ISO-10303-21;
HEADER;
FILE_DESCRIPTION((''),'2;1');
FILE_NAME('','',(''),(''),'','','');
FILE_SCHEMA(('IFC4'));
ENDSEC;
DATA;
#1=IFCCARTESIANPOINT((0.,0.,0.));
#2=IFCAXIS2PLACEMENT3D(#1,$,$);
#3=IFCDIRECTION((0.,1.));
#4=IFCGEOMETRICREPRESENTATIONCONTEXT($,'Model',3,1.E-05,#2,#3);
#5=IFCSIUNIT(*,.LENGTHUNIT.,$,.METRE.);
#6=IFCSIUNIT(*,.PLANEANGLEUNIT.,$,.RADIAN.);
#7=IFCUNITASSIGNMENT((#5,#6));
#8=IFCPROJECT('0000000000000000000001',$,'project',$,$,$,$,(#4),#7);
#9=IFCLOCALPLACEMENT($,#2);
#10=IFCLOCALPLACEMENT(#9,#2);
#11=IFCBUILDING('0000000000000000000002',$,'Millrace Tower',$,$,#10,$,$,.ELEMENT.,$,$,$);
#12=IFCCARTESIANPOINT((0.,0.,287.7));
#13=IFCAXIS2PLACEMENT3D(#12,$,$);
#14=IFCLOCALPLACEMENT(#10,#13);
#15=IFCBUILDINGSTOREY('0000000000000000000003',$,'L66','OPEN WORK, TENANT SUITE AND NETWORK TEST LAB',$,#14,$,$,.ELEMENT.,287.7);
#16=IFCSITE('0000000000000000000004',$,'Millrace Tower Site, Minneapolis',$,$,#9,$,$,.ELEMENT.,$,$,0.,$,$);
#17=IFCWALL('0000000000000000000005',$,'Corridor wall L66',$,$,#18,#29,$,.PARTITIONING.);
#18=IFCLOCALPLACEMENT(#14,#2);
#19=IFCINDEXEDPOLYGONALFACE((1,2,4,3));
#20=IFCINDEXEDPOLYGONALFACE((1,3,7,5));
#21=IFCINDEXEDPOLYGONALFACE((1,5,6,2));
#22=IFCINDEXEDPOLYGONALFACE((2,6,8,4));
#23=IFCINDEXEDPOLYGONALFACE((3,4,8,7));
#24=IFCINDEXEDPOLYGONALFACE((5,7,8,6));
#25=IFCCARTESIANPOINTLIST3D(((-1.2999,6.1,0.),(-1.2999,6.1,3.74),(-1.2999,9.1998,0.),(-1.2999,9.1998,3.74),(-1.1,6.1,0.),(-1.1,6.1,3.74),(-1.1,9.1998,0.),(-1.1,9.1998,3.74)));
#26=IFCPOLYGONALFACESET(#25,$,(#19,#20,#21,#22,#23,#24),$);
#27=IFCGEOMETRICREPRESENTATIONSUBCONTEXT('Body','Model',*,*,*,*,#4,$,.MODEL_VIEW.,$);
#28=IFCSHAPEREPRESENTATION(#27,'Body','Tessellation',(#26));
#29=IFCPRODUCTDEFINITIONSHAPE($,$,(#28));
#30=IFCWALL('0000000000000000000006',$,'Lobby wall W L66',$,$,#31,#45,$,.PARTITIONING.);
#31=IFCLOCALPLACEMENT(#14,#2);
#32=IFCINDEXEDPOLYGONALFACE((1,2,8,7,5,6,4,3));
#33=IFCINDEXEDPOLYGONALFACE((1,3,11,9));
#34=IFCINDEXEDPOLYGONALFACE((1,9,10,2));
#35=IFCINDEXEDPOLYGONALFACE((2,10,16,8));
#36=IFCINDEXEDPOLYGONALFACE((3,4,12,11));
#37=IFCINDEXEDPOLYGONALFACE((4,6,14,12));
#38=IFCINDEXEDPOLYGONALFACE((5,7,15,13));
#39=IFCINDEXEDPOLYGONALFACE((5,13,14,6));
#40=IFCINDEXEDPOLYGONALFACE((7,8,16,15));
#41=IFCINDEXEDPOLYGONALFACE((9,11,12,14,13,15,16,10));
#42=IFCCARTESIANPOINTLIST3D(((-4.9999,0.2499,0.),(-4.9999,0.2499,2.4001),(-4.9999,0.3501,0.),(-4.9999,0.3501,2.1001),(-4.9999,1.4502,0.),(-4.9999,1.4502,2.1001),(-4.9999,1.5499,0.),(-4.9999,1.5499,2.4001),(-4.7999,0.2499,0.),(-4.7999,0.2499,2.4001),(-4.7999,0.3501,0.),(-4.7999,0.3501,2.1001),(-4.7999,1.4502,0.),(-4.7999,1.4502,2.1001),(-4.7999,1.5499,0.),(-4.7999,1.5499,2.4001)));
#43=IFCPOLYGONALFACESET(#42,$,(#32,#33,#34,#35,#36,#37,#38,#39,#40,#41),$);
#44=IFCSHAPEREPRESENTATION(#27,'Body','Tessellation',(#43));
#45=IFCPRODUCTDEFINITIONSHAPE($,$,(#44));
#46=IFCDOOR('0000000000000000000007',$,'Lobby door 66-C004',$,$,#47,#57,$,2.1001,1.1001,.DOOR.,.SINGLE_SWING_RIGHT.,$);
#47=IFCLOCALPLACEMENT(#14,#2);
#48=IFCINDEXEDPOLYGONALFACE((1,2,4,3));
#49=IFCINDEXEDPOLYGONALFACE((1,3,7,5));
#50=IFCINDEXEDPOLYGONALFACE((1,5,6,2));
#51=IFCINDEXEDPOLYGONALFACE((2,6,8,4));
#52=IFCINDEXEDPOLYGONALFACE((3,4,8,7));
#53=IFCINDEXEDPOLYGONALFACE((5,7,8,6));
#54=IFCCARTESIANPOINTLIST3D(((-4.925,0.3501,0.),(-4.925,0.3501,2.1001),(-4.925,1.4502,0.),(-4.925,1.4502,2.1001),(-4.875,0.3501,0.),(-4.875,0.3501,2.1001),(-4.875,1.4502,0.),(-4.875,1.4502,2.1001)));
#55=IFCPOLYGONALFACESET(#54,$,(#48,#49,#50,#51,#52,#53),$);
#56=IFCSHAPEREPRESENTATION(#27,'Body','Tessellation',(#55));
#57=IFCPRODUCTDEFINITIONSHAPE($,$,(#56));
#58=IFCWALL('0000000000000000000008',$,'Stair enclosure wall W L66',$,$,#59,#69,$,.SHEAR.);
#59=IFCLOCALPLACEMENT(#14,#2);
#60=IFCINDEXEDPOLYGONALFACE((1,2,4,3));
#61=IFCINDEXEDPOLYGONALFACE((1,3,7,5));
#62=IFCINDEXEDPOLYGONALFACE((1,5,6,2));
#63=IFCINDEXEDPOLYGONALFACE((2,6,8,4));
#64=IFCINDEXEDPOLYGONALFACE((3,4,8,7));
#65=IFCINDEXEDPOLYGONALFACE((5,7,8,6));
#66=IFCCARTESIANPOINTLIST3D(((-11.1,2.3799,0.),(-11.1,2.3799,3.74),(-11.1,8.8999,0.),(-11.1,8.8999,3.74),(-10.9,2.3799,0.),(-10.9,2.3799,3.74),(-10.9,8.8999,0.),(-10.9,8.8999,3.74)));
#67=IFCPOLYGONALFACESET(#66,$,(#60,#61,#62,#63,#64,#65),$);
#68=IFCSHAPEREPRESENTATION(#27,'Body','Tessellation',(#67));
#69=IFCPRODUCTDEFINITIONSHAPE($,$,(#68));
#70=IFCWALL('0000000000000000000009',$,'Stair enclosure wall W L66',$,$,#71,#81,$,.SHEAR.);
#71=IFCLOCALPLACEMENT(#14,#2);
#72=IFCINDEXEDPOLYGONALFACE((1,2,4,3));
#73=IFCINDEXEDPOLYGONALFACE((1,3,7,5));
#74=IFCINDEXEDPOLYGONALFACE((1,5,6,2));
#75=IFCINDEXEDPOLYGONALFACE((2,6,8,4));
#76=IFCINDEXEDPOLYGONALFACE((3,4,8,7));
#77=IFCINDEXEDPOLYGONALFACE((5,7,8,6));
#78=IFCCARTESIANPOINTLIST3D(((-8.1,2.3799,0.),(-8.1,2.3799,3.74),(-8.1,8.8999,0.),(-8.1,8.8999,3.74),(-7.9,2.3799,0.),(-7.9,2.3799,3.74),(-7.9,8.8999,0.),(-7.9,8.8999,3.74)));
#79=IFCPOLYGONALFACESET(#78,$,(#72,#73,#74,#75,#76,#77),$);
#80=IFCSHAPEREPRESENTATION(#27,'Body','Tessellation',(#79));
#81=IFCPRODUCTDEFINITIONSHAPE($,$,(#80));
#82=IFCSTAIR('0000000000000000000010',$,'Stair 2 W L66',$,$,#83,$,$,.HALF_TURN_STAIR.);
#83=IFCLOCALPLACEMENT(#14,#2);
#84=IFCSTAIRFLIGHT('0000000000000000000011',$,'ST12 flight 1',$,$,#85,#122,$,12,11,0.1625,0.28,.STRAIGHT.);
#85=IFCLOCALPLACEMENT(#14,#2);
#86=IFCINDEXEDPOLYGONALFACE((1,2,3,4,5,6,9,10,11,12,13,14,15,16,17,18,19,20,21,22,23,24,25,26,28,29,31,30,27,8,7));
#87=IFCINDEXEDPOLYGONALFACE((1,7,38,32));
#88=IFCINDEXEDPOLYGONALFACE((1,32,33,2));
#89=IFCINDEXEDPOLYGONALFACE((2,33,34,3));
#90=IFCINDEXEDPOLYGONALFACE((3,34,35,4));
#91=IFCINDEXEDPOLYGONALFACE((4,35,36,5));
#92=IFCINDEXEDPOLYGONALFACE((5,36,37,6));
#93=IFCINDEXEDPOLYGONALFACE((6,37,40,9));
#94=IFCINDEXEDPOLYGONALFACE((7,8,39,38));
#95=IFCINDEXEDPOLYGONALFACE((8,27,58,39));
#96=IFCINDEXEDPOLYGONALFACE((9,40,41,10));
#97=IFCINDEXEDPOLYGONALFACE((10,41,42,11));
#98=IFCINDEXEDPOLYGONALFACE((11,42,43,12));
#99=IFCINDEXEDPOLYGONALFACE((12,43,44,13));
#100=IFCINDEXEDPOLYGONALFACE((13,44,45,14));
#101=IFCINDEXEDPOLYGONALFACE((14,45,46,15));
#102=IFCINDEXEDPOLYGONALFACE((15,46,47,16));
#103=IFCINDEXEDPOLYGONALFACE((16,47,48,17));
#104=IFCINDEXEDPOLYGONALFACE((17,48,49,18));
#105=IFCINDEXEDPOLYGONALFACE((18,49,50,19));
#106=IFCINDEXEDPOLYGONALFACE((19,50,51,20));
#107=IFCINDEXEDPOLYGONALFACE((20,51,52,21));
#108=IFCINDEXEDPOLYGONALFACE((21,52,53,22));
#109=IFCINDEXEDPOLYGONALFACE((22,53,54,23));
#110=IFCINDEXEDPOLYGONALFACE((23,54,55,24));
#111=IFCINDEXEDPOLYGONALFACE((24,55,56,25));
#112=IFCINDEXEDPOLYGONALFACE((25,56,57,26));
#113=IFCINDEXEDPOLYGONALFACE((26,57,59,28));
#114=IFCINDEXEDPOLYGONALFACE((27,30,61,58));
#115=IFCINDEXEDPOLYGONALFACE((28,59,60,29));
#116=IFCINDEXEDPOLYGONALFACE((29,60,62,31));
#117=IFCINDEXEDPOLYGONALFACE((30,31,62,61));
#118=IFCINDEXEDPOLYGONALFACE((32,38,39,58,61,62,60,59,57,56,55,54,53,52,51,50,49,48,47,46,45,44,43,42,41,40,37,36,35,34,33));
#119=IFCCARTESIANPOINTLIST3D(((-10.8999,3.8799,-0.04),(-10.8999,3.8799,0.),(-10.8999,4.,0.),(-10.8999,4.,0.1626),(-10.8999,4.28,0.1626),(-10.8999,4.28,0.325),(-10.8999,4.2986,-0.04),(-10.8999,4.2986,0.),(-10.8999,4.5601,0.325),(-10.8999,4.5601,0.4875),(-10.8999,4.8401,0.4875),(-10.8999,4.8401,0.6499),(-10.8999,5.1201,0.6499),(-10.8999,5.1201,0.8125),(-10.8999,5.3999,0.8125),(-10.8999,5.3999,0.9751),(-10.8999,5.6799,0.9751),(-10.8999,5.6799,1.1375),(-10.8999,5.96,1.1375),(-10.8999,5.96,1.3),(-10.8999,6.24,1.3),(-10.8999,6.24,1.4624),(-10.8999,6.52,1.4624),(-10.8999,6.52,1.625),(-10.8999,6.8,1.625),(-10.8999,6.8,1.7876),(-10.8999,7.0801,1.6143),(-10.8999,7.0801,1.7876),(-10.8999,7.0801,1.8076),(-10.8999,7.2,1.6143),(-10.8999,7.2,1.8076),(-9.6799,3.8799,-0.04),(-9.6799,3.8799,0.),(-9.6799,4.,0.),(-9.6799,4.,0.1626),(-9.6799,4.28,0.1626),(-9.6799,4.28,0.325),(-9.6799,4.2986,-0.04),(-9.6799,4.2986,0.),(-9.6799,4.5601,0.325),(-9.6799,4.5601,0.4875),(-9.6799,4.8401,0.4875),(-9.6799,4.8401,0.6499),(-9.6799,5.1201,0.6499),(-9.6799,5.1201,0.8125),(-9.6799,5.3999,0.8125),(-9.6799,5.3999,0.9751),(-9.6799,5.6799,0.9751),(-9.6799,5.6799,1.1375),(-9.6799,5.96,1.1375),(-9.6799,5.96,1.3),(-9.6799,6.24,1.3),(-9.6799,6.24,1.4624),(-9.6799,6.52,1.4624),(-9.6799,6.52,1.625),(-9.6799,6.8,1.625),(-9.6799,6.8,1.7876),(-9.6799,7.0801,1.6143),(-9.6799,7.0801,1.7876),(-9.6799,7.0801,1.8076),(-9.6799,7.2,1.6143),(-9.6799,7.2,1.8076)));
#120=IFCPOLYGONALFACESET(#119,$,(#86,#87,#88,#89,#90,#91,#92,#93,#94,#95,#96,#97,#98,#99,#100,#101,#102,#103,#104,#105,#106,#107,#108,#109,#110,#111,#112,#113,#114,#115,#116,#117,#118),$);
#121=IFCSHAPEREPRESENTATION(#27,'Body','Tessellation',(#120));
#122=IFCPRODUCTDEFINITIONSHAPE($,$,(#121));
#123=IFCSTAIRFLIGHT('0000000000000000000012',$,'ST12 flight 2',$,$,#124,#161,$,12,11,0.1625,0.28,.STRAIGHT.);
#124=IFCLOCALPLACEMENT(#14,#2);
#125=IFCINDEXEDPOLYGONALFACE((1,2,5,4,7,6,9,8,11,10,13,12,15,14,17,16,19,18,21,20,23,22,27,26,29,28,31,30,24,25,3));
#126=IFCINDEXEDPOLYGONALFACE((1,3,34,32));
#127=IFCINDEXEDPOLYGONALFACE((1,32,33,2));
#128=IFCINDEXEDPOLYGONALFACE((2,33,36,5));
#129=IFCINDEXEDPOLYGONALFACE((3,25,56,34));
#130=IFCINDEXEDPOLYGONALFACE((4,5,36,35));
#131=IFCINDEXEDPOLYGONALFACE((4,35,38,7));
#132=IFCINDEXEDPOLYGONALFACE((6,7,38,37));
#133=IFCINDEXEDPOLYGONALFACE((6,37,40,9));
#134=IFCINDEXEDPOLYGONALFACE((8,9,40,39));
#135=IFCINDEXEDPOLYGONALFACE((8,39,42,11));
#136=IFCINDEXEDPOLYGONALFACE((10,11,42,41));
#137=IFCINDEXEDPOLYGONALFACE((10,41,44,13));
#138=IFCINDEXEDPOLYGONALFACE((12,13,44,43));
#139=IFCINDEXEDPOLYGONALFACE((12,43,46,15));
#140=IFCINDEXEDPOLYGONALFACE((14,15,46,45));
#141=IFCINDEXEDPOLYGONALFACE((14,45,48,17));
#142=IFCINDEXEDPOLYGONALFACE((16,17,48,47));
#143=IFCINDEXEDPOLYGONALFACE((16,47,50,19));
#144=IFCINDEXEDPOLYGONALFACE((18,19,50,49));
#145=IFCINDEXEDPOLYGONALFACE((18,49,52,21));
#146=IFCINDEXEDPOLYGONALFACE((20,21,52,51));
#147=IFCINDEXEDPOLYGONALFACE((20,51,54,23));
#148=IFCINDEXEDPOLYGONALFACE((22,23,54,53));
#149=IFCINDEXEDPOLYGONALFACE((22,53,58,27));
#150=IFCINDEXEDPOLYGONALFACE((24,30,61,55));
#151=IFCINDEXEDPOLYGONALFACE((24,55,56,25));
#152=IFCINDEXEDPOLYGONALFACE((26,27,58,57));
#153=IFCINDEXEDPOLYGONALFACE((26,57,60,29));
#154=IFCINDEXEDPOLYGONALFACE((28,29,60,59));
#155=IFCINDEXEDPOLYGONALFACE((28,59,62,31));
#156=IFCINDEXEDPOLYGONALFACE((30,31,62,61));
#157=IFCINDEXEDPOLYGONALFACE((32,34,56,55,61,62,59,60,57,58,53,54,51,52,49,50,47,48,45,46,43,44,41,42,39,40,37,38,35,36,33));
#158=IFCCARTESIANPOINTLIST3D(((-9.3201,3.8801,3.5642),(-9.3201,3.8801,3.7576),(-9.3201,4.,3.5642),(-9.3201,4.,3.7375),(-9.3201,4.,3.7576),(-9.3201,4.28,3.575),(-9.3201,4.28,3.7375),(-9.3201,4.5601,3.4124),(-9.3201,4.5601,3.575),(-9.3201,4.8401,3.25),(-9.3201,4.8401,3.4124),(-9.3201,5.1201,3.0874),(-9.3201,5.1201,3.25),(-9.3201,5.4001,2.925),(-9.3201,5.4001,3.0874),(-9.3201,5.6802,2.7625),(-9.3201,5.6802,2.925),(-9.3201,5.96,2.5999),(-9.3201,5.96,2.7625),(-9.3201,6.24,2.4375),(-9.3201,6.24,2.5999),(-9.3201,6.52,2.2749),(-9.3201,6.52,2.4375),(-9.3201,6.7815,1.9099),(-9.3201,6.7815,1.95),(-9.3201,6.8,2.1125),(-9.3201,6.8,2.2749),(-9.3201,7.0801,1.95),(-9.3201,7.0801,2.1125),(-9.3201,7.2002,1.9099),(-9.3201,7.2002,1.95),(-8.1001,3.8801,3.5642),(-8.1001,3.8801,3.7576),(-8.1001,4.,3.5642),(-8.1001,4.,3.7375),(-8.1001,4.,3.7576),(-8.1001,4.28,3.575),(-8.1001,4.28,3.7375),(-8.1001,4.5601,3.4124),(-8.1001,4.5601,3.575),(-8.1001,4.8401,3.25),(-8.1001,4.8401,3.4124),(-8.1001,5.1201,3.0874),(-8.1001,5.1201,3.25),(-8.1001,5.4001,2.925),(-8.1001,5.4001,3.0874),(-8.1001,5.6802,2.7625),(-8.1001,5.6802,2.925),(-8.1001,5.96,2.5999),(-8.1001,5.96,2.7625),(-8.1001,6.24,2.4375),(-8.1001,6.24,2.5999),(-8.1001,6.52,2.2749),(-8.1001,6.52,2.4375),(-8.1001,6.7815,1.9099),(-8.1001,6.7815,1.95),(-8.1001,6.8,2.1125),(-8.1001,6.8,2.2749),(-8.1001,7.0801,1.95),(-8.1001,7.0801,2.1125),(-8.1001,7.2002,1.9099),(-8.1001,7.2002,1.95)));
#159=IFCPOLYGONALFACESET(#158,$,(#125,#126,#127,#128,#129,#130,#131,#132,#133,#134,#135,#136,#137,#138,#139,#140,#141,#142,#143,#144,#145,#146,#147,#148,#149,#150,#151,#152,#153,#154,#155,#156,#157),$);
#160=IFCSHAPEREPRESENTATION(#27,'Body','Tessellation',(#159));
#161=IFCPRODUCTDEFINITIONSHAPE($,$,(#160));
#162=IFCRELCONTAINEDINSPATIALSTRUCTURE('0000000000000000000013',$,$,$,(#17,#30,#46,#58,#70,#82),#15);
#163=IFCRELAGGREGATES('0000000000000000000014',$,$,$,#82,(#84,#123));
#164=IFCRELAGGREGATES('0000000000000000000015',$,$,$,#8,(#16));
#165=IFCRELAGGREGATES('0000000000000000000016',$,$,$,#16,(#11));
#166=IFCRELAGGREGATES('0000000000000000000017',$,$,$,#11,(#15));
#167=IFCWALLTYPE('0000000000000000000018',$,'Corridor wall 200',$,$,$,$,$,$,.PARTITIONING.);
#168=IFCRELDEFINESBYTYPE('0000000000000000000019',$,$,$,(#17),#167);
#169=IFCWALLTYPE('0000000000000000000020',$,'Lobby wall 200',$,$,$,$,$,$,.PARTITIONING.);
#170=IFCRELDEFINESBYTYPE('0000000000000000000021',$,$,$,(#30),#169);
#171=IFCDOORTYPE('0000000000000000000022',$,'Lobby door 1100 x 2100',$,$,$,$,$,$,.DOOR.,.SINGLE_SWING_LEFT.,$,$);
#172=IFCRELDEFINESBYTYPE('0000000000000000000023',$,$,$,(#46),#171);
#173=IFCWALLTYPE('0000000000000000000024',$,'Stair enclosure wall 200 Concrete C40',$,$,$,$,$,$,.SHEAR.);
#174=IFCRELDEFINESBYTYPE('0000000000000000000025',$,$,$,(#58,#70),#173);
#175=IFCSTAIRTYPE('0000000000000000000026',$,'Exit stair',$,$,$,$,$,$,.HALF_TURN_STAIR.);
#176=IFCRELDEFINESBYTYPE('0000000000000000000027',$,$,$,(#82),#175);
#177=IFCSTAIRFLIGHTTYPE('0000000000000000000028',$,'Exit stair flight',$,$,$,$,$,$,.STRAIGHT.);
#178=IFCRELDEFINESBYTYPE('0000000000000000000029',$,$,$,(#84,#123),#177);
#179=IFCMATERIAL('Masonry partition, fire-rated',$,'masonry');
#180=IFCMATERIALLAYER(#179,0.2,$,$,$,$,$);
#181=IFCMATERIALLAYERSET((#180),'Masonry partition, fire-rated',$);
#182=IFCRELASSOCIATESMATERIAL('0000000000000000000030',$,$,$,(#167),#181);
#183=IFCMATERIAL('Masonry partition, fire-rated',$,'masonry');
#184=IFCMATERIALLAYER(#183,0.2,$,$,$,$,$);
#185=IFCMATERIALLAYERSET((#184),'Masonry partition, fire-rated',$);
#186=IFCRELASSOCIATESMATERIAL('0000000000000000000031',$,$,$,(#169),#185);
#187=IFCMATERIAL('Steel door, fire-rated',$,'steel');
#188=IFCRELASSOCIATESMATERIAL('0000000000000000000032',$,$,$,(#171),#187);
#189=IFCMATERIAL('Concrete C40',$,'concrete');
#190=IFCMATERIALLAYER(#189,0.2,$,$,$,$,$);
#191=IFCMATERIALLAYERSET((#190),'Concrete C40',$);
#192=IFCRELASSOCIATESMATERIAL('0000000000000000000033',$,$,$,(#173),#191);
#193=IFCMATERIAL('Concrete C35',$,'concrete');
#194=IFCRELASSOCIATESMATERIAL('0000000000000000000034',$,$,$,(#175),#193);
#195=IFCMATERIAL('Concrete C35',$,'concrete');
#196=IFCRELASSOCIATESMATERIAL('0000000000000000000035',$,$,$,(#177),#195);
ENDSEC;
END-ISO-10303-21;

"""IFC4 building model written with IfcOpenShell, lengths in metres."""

from ifc_helpers import new_model, si_unit, direction, frame, frame_2d, origin, place, context, subcontext, project, spatial, polyline, rectangle, outline, extrude, material, layer, layer_set, type_object, element, fill, aggregate, save


model = new_model("IFC4")

# Units and contexts
model_context = context("Model", 3, precision=1e-05, world=origin(), true_north=direction((0.0, 1.0)))
body_context = subcontext(model_context, "Body", "Model", "MODEL_VIEW")
ifc_project = project(units=[si_unit("LENGTHUNIT", "METRE"), si_unit("PLANEANGLEUNIT", "RADIAN")], contexts=[model_context])

# Site, building, storey
site_placement = place(None, origin())
site = spatial("IfcSite", under=ifc_project, at=site_placement, Name="Millrace Tower Site, Minneapolis", CompositionType="ELEMENT", RefElevation=0.0)
building_placement = place(site_placement, origin())
building = spatial("IfcBuilding", under=site, at=building_placement, Name="Millrace Tower", CompositionType="ELEMENT")
storey_placement = place(building_placement, frame((0.0, 0.0, 287.7)))
storey = spatial("IfcBuildingStorey", under=building, at=storey_placement, Name="L66", Description="OPEN WORK, TENANT SUITE AND NETWORK TEST LAB", CompositionType="ELEMENT", Elevation=287.7)

# Shared definitions
placement_1 = place(storey_placement, origin())

# Shared definitions
ifc_material_1 = material(Name="Masonry partition, fire-rated", Category="masonry")
ifc_layer_1 = layer(ifc_material_1, 0.2)
ifc_layer_set_1 = layer_set([ifc_layer_1], Name="Masonry partition, fire-rated")
wall_type_1 = type_object("IfcWallType", Name="Corridor wall 200", PredefinedType="PARTITIONING", material=ifc_layer_set_1)

# Wall
wall_1_placement = place(storey_placement, frame((-1.2, 6.1001, 0.0), z_axis=(0.0, 0.0, 1.0), x_axis=(0.0, 1.0, 0.0)))
element("IfcWall", 1, at=wall_1_placement, inside=storey, type_object=wall_type_1, Name="Corridor wall L66", PredefinedType="PARTITIONING", context=body_context, shape_type="SweptSolid", body=[
    extrude(rectangle(XDim=3.0999, YDim=0.2, at=frame_2d((1.5498, 0.0))), origin(), (0.0, 0.0, 1.0), 3.74),
])

# Wall, opening, door
ifc_material_2 = material(Name="Masonry partition, fire-rated", Category="masonry")
ifc_layer_2 = layer(ifc_material_2, 0.2)
ifc_layer_set_2 = layer_set([ifc_layer_2], Name="Masonry partition, fire-rated")
wall_type_2 = type_object("IfcWallType", Name="Lobby wall 200", PredefinedType="PARTITIONING", material=ifc_layer_set_2)
wall_2_placement = place(storey_placement, frame((-4.8999, 0.25, 0.0), z_axis=(0.0, 0.0, 1.0), x_axis=(0.0, 1.0, 0.0)))
wall_2 = element("IfcWall", 2, at=wall_2_placement, inside=storey, type_object=wall_type_2, Name="Lobby wall W L66", PredefinedType="PARTITIONING", context=body_context, shape_type="SweptSolid", body=[
    extrude(rectangle(XDim=1.3, YDim=0.2, at=frame_2d((0.6499, 0.0))), origin(), (0.0, 0.0, 1.0), 2.4001),
])
opening_1_placement = place(wall_2_placement, frame((0.1001, 0.0, 0.0)))
opening_1 = element("IfcOpeningElement", 3, at=opening_1_placement, cuts=wall_2, PredefinedType="OPENING", context=body_context, shape_type="SweptSolid", body=[
    extrude(rectangle(XDim=1.1001, YDim=2.1001, at=frame_2d((0.55, 1.05))), frame((0.0, 0.1099, 0.0), z_axis=(0.0, -1.0, 0.0), x_axis=(1.0, 0.0, 0.0)), (0.0, 0.0, 1.0), 0.22),
])
ifc_material_3 = material(Name="Steel door, fire-rated", Category="steel")
door_type_1 = type_object("IfcDoorType", Name="Lobby door 1100 x 2100", OperationType="SINGLE_SWING_LEFT", PredefinedType="DOOR", material=ifc_material_3)
door_1_placement = place(opening_1_placement, frame((1.1001, 0.0, 0.0), z_axis=(0.0, 0.0, 1.0), x_axis=(-1.0, 0.0, 0.0)))
door_1 = element("IfcDoor", 4, at=door_1_placement, inside=storey, type_object=door_type_1, Name="Lobby door 66-C004", OperationType="SINGLE_SWING_RIGHT", OverallHeight=2.1001, OverallWidth=1.1001, PredefinedType="DOOR", context=body_context, shape_type="SweptSolid", body=[
    extrude(rectangle(XDim=1.1001, YDim=2.1001, at=frame_2d((0.55, 1.05))), frame((0.0, 0.0249, 0.0), z_axis=(0.0, -1.0, 0.0), x_axis=(1.0, 0.0, 0.0)), (0.0, 0.0, 1.0), 0.05),
])
fill(opening_1, door_1)

# Walls
ifc_material_4 = material(Name="Concrete C40", Category="concrete")
ifc_layer_3 = layer(ifc_material_4, 0.2)
ifc_layer_set_3 = layer_set([ifc_layer_3], Name="Concrete C40")
wall_type_3 = type_object("IfcWallType", Name="Stair enclosure wall 200 Concrete C40", PredefinedType="SHEAR", material=ifc_layer_set_3)
for number, where, z_axis, x_axis, name in (
    (5, (-11.0, 2.3799, 0.0), (0.0, 0.0, 1.0), (0.0, 1.0, 0.0), "Stair enclosure wall W L66"),
    (6, (-8.0, 2.3799, 0.0), (0.0, 0.0, 1.0), (0.0, 1.0, 0.0), "Stair enclosure wall W L66"),
):
    element("IfcWall", number, at=place(storey_placement, frame(where, z_axis=z_axis, x_axis=x_axis)), inside=storey, type_object=wall_type_3, Name=name, PredefinedType="SHEAR", context=body_context, shape_type="SweptSolid", body=[
        extrude(rectangle(XDim=6.52, YDim=0.2, at=frame_2d((3.26, 0.0))), origin(), (0.0, 0.0, 1.0), 3.74),
    ])

# Stair, stair flights
ifc_material_5 = material(Name="Concrete C35", Category="concrete")
stair_type = type_object("IfcStairType", Name="Exit stair", PredefinedType="HALF_TURN_STAIR", material=ifc_material_5)
stair_1 = element("IfcStair", 7, at=placement_1, inside=storey, type_object=stair_type, Name="Stair 2 W L66", PredefinedType="HALF_TURN_STAIR")
ifc_material_6 = material(Name="Concrete C35", Category="concrete")
stair_flight_type = type_object("IfcStairFlightType", Name="Exit stair flight", PredefinedType="STRAIGHT", material=ifc_material_6)
stair_flight_1_placement = place(storey_placement, frame((-10.29, 4.0, 0.0), z_axis=(0.0, 0.0, 1.0), x_axis=(0.0, 1.0, 0.0)))
stair_flight_1 = element("IfcStairFlight", 8, at=stair_flight_1_placement, type_object=stair_flight_type, Name="ST12 flight 1", NumberOfRisers=12, NumberOfTreads=11, PredefinedType="STRAIGHT", RiserHeight=0.1625, TreadLength=0.28, context=body_context, shape_type="SweptSolid", body=[
    extrude(outline(polyline([(-0.1201, -0.04), (-0.1201, 0.0), (0.0, 0.0), (0.0, 0.1626), (0.28, 0.1626), (0.28, 0.325), (0.5601, 0.325), (0.5601, 0.4875), (0.8401, 0.4875), (0.8401, 0.6499), (1.1201, 0.6499), (1.1201, 0.8125), (1.3999, 0.8125), (1.3999, 0.9751), (1.6799, 0.9751), (1.6799, 1.1375), (1.96, 1.1375), (1.96, 1.3), (2.24, 1.3), (2.24, 1.4624), (2.52, 1.4624), (2.52, 1.625), (2.8, 1.625), (2.8, 1.7876), (3.0801, 1.7876), (3.0801, 1.8076), (3.2, 1.8076), (3.2, 1.6143), (3.0801, 1.6143), (0.2986, 0.0), (0.2986, -0.04), (-0.1201, -0.04)])), frame((0.0, 0.6099, 0.0), z_axis=(0.0, -1.0, 0.0), x_axis=(1.0, 0.0, 0.0)), (0.0, 0.0, 1.0), 1.22),
])
stair_flight_2_placement = place(storey_placement, frame((-8.71, 7.0801, 1.95), z_axis=(0.0, 0.0, 1.0), x_axis=(0.0, -1.0, 0.0)))
stair_flight_2 = element("IfcStairFlight", 9, at=stair_flight_2_placement, type_object=stair_flight_type, Name="ST12 flight 2", NumberOfRisers=12, NumberOfTreads=11, PredefinedType="STRAIGHT", RiserHeight=0.1625, TreadLength=0.28, context=body_context, shape_type="SweptSolid", body=[
    extrude(outline(polyline([(-0.1201, -0.04), (-0.1201, 0.0), (0.0, 0.0), (0.0, 0.1626), (0.28, 0.1626), (0.28, 0.325), (0.5601, 0.325), (0.5601, 0.4875), (0.8401, 0.4875), (0.8401, 0.6499), (1.1201, 0.6499), (1.1201, 0.8125), (1.3999, 0.8125), (1.3999, 0.9751), (1.6799, 0.9751), (1.6799, 1.1375), (1.96, 1.1375), (1.96, 1.3), (2.24, 1.3), (2.24, 1.4624), (2.52, 1.4624), (2.52, 1.625), (2.8, 1.625), (2.8, 1.7876), (3.0801, 1.7876), (3.0801, 1.8076), (3.2, 1.8076), (3.2, 1.6143), (3.0801, 1.6143), (0.2986, 0.0), (0.2986, -0.04), (-0.1201, -0.04)])), frame((0.0, 0.6099, 0.0), z_axis=(0.0, -1.0, 0.0), x_axis=(1.0, 0.0, 0.0)), (0.0, 0.0, 1.0), 1.22),
])
aggregate(stair_1, [stair_flight_1, stair_flight_2])

save(model, "model.ifc")
